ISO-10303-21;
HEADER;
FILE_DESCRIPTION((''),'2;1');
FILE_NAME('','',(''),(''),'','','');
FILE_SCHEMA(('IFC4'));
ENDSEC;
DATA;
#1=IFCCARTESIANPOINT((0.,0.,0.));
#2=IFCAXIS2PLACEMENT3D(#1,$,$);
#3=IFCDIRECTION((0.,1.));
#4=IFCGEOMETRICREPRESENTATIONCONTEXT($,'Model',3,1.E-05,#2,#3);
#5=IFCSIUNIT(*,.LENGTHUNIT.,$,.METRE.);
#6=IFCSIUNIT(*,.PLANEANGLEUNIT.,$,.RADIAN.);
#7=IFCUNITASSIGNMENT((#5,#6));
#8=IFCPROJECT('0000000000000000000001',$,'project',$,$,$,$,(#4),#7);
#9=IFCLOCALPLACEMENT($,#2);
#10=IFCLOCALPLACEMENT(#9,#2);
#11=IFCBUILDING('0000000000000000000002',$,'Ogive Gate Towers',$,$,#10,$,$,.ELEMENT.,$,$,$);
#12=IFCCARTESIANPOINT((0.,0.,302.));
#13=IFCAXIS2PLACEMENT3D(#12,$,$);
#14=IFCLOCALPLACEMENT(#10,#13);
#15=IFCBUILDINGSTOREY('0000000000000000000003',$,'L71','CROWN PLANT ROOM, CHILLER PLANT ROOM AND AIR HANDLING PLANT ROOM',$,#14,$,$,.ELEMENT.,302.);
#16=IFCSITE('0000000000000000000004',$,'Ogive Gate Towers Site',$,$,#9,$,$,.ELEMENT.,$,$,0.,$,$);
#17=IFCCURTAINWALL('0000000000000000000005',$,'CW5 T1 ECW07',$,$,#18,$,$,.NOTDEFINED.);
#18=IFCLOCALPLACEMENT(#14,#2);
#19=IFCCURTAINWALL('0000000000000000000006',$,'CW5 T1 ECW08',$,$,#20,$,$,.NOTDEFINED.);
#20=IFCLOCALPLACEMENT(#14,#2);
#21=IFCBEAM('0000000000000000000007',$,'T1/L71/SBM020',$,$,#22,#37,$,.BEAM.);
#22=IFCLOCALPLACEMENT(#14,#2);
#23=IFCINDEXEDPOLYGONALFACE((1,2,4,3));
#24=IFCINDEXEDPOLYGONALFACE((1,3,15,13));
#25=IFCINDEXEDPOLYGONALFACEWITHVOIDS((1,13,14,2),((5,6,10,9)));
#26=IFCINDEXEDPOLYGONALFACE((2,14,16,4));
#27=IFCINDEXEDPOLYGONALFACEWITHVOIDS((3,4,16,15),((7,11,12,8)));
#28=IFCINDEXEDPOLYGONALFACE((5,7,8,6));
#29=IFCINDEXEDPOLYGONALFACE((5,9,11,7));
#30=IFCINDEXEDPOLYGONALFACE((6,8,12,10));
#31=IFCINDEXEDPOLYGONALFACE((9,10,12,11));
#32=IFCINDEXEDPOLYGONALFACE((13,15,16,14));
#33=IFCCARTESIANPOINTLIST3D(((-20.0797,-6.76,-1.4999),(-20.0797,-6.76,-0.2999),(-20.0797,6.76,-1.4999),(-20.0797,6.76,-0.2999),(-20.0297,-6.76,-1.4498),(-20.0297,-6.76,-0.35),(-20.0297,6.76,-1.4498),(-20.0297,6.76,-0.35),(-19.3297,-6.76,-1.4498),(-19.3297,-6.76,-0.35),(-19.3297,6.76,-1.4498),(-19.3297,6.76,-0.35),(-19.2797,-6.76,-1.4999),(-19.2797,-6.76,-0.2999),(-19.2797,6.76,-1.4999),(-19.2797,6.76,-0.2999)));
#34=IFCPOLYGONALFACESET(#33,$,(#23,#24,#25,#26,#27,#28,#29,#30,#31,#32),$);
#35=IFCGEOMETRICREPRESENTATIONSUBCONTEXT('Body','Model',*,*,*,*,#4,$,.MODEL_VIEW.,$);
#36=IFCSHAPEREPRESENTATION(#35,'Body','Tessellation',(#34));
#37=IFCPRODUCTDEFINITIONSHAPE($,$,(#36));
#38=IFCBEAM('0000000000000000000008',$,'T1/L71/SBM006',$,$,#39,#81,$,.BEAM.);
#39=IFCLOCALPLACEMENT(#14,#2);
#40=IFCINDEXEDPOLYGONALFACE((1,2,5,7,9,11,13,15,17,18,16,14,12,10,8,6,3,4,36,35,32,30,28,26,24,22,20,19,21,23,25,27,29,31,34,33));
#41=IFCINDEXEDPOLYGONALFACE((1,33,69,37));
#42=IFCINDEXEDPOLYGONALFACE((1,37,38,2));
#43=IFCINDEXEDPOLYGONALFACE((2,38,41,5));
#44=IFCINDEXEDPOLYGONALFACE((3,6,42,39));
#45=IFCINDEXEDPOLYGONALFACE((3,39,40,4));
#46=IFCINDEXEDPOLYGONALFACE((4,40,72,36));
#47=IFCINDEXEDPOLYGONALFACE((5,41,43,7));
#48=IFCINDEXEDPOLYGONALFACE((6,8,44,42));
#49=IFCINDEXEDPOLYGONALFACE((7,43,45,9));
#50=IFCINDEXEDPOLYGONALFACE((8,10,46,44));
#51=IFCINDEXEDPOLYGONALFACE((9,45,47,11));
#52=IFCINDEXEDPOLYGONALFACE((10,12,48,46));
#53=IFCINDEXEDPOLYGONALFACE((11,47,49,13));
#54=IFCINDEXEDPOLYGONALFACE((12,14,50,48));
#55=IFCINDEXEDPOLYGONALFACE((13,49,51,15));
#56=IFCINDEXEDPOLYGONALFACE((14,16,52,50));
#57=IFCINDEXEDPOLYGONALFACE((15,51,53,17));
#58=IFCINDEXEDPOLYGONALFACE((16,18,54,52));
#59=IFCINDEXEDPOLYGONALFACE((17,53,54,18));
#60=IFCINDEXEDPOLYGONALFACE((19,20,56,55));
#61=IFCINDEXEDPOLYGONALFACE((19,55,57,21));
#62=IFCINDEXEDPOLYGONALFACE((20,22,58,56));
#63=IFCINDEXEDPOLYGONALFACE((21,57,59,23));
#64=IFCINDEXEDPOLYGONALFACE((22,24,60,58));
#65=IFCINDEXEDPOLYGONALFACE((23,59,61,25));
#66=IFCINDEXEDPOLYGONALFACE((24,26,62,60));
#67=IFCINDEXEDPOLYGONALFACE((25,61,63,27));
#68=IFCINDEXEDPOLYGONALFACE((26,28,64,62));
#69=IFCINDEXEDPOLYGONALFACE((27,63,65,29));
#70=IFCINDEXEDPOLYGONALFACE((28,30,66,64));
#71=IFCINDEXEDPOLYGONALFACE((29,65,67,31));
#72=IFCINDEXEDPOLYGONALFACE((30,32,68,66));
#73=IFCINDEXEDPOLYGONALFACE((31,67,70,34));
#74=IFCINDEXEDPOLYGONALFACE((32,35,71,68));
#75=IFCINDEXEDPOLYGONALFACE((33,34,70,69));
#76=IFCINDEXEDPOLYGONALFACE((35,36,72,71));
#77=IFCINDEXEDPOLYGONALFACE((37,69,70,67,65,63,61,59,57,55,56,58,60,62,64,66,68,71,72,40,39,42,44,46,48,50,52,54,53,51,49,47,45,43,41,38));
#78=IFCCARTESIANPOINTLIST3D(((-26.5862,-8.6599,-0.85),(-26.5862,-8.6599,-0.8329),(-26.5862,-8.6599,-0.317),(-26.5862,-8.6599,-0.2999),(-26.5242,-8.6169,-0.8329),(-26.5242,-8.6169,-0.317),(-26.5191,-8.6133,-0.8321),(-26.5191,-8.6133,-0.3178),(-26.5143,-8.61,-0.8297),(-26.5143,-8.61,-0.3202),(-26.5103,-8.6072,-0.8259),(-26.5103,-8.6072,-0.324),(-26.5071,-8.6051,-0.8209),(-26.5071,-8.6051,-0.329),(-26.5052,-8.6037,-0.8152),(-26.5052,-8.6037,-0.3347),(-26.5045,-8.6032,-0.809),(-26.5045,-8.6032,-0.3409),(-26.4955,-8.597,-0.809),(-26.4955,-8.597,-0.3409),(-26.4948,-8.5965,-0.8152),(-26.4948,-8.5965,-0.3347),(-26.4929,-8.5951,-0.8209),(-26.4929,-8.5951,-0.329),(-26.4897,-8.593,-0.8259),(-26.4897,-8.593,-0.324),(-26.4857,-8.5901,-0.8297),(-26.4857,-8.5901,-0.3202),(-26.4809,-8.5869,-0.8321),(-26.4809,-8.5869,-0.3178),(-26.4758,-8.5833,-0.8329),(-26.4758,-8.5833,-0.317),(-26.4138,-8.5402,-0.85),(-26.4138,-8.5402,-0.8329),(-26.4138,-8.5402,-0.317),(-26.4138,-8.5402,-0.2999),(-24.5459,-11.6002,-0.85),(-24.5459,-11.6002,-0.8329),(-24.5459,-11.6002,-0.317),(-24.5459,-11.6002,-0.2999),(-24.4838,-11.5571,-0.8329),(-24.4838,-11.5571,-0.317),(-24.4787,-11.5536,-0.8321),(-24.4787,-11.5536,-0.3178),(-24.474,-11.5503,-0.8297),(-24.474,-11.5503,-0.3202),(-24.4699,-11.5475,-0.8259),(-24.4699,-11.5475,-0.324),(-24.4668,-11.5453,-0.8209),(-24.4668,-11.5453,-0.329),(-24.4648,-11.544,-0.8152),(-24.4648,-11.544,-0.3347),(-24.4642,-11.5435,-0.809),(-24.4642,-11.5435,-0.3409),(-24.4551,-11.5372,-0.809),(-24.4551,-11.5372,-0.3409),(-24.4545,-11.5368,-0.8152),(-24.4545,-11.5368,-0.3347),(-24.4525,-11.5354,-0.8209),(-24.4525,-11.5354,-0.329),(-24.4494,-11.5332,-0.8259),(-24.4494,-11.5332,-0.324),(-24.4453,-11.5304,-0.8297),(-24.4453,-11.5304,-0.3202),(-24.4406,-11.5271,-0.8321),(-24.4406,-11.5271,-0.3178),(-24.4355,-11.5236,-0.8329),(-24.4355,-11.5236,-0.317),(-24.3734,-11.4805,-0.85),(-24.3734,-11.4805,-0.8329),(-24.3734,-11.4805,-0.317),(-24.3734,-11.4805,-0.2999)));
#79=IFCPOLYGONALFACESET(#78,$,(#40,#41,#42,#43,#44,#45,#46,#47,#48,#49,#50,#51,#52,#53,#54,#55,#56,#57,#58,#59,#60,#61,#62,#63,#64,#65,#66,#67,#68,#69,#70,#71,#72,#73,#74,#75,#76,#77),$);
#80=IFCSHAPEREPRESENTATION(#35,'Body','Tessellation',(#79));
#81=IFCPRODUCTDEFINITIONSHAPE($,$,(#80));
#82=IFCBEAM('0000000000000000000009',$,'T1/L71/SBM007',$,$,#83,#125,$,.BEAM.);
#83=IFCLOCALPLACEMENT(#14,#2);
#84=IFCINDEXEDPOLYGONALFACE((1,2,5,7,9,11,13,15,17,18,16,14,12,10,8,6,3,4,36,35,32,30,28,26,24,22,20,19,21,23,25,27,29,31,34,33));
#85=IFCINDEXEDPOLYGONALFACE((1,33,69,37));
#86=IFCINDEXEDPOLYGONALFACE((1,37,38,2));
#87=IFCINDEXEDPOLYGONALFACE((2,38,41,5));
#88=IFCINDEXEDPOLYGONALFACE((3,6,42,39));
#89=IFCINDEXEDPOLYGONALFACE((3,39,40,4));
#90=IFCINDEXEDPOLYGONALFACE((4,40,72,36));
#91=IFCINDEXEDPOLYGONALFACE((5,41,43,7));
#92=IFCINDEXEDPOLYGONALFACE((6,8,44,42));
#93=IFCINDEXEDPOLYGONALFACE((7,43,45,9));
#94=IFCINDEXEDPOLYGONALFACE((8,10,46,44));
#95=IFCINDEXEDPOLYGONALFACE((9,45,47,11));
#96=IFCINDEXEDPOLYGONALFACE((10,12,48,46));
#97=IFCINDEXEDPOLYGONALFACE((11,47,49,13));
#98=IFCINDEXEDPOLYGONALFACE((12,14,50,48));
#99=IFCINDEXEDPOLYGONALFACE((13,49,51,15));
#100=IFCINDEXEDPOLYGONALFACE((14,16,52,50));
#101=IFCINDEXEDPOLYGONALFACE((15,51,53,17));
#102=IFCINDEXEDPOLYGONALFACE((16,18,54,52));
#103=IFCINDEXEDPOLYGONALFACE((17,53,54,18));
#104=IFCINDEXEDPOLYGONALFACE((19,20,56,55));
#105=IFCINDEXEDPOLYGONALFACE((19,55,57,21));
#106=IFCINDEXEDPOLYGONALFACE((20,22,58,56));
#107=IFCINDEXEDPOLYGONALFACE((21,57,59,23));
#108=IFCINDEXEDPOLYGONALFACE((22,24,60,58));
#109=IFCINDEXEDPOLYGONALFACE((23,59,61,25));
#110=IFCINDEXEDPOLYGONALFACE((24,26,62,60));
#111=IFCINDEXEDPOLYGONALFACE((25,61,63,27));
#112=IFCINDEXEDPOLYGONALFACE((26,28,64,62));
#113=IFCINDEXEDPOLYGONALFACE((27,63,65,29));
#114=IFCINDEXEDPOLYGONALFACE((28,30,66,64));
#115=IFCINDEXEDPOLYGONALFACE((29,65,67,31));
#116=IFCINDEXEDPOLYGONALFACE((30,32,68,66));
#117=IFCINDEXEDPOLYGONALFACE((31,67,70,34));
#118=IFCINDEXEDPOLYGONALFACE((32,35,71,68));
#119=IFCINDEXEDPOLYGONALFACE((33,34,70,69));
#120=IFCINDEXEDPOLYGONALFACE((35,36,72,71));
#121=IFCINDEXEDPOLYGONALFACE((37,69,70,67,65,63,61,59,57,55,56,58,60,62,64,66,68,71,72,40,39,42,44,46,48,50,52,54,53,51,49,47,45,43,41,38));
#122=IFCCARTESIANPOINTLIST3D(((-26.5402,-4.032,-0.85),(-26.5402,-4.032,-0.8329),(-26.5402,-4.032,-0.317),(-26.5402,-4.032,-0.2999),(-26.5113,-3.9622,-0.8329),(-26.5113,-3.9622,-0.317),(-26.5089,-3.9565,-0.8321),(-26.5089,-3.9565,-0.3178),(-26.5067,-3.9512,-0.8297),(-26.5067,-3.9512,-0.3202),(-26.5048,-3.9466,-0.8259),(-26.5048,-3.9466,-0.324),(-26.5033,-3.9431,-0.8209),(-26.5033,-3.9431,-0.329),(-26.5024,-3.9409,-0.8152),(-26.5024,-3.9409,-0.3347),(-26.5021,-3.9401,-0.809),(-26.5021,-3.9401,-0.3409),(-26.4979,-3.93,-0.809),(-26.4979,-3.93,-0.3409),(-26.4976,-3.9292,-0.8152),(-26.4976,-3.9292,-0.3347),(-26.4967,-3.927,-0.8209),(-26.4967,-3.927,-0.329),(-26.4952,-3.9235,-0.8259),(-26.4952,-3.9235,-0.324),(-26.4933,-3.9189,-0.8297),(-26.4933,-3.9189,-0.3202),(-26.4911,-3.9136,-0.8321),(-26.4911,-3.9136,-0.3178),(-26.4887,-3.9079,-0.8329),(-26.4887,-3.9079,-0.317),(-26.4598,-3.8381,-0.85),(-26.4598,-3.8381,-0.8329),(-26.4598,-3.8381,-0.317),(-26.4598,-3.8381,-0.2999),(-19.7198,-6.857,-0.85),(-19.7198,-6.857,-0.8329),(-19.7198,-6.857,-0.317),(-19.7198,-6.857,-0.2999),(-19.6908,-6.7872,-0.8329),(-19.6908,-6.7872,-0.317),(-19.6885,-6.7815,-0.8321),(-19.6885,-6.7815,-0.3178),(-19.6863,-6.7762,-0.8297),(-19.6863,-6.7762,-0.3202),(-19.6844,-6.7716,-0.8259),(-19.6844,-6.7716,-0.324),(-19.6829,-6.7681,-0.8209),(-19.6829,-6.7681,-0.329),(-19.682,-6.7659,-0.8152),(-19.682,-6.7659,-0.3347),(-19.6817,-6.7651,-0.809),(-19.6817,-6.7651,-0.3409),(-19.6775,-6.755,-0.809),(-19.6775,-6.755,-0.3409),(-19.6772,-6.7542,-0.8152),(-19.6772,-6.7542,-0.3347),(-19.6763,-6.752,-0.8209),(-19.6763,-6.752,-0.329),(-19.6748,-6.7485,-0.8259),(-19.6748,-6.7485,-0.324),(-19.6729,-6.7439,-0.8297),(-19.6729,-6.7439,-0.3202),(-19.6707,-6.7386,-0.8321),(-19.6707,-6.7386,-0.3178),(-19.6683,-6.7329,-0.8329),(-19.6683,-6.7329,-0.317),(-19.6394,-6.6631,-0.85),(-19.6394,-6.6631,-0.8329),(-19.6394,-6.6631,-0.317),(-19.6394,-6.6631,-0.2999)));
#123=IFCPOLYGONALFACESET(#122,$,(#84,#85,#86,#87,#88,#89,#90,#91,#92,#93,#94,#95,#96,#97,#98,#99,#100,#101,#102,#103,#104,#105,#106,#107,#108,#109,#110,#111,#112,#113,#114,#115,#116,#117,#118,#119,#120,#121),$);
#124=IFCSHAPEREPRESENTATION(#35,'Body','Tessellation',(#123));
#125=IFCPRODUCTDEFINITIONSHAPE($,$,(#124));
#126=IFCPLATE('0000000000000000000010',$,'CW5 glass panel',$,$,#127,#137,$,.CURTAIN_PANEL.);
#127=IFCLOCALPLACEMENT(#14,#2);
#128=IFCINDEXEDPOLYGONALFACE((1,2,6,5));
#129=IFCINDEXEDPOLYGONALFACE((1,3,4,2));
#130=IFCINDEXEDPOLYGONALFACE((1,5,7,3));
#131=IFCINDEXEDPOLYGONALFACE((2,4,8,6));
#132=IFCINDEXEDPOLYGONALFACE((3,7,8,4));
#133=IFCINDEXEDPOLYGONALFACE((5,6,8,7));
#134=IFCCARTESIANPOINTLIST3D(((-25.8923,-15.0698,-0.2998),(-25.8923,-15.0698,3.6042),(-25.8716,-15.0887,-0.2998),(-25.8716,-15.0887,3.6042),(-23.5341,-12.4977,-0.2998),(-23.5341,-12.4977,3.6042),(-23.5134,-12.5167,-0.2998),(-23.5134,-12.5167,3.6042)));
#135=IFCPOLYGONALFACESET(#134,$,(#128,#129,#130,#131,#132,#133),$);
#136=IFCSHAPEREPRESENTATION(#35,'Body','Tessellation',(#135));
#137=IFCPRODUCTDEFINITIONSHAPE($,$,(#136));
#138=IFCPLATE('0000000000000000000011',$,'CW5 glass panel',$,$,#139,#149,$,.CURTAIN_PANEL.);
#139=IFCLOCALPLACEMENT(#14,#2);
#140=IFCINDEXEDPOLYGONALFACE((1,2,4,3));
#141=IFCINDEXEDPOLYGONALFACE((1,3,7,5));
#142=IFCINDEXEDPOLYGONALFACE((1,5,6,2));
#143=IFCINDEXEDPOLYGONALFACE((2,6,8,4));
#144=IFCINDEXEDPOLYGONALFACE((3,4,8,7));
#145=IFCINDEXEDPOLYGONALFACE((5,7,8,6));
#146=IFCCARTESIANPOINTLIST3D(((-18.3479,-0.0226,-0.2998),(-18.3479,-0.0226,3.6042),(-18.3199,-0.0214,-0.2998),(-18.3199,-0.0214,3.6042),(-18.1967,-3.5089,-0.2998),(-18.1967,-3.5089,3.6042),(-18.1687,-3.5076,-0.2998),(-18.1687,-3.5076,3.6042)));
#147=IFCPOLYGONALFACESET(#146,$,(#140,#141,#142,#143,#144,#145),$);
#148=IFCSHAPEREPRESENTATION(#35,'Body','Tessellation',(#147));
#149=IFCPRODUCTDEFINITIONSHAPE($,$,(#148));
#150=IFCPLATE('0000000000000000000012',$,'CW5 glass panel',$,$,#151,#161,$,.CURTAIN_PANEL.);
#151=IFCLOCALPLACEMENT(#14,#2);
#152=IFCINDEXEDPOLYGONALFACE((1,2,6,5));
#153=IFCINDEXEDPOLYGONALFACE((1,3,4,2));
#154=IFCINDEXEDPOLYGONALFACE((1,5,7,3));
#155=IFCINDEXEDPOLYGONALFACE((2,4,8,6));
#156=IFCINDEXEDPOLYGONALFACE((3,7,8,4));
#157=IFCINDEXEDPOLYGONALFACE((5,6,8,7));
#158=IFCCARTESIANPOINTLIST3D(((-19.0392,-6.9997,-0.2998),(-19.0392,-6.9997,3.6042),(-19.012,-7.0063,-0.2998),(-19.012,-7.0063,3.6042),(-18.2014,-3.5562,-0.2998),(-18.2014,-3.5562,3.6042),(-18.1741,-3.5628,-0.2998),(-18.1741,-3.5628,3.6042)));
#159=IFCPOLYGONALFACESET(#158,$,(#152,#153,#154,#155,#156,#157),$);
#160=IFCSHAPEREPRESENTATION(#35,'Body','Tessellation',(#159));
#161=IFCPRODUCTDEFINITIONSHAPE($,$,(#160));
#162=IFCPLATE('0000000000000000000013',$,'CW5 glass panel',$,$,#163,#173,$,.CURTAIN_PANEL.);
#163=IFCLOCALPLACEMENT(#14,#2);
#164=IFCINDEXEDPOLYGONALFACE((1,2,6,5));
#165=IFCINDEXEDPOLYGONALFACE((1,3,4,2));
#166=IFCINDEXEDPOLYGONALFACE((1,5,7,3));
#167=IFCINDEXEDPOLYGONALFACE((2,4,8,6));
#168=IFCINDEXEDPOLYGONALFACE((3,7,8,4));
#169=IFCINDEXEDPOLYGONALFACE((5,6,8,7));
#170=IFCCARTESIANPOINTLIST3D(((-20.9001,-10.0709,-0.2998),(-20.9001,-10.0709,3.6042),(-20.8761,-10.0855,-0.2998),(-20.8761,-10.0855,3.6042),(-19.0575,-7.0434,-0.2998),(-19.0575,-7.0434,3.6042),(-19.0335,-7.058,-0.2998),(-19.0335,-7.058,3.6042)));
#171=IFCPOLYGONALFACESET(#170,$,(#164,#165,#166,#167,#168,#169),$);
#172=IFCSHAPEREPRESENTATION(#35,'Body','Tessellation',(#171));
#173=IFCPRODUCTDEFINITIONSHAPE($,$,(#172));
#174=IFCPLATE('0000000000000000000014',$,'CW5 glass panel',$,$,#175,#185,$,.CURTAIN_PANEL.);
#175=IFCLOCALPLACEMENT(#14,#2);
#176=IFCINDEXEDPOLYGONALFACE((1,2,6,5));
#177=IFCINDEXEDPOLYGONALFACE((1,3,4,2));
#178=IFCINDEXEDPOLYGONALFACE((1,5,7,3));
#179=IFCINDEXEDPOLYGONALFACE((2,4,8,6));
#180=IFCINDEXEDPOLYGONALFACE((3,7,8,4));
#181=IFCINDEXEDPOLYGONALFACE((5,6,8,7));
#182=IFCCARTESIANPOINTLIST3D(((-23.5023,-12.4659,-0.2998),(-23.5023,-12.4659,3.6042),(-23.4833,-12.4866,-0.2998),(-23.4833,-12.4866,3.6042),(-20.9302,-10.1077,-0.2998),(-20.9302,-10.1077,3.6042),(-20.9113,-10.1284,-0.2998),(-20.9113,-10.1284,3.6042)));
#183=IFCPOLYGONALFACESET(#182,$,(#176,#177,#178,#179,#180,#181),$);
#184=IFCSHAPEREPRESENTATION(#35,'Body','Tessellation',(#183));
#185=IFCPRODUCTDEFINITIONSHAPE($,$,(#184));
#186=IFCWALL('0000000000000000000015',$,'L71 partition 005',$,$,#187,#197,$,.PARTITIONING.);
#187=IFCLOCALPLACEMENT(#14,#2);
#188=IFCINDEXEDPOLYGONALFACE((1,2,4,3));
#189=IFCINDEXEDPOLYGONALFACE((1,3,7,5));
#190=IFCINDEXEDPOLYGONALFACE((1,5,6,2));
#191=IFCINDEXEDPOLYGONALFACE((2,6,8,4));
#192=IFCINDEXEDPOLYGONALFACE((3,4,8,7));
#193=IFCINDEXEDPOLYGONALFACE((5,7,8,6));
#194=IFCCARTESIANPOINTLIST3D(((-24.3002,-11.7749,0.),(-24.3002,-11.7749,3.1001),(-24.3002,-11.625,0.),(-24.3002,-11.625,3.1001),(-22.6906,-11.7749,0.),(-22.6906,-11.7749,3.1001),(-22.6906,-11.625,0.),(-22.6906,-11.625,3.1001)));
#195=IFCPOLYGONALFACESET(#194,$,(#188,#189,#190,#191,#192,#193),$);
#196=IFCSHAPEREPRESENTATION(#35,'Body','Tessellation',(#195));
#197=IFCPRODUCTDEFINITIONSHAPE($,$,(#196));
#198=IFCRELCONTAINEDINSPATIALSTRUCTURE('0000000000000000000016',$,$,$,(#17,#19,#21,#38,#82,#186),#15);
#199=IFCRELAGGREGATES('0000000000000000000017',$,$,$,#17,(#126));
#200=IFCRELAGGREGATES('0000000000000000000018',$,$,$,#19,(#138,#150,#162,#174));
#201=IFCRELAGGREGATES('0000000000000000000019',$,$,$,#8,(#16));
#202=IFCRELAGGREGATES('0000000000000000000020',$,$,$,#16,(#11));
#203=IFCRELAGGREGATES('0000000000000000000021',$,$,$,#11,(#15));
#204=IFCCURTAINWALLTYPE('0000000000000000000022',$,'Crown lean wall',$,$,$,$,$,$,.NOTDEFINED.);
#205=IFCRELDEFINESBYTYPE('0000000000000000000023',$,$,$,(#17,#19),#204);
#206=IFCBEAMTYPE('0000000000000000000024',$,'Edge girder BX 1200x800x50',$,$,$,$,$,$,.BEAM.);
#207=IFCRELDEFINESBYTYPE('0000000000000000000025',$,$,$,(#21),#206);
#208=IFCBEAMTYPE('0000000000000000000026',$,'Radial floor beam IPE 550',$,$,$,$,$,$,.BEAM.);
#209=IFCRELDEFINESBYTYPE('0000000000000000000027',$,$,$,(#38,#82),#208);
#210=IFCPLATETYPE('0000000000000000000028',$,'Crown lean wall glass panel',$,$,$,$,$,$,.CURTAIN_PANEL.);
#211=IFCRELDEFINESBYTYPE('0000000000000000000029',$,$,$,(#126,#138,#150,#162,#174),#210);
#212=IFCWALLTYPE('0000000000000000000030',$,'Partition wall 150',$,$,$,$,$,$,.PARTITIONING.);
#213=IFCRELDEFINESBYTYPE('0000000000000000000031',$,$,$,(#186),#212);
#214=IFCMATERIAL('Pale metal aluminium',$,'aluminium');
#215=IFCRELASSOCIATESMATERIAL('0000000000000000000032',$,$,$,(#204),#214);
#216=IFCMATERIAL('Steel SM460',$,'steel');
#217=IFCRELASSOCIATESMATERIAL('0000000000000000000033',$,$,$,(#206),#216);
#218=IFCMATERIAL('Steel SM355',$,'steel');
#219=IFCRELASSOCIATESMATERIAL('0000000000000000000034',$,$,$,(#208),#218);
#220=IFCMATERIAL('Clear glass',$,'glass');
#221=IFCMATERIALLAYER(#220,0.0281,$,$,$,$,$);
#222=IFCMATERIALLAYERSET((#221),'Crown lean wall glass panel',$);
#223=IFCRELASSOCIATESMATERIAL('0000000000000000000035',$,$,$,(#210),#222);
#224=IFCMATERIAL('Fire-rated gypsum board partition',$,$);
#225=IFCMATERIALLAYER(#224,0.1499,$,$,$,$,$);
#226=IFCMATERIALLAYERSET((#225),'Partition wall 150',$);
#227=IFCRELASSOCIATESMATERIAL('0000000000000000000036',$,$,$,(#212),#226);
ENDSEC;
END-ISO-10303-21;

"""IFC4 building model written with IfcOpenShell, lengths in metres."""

from ifc_helpers import new_model, si_unit, direction, frame, frame_2d, origin, origin_2d, place, context, subcontext, project, spatial, rectangle, hollow_rectangle, i_section, extrude, material, layer, layer_set, material_profile, profile_set, type_object, element, aggregate, save


model = new_model("IFC4")

# Units and contexts
model_context = context("Model", 3, precision=1e-05, world=origin(), true_north=direction((0.0, 1.0)))
body_context = subcontext(model_context, "Body", "Model", "MODEL_VIEW")
ifc_project = project(units=[si_unit("LENGTHUNIT", "METRE"), si_unit("PLANEANGLEUNIT", "RADIAN")], contexts=[model_context])

# Site, building, storey
site_placement = place(None, origin())
site = spatial("IfcSite", under=ifc_project, at=site_placement, Name="Ogive Gate Towers Site", CompositionType="ELEMENT", RefElevation=0.0)
building_placement = place(site_placement, origin())
building = spatial("IfcBuilding", under=site, at=building_placement, Name="Ogive Gate Towers", CompositionType="ELEMENT")
storey_placement = place(building_placement, frame((0.0, 0.0, 302.0)))
storey = spatial("IfcBuildingStorey", under=building, at=storey_placement, Name="L71", Description="CROWN PLANT ROOM, CHILLER PLANT ROOM AND AIR HANDLING PLANT ROOM", CompositionType="ELEMENT", Elevation=302.0)

# Shared definitions
ifc_material_1 = material(Name="Steel SM460", Category="steel")

# Curtain walls
ifc_material_2 = material(Name="Pale metal aluminium", Category="aluminium")
curtain_wall_type = type_object("IfcCurtainWallType", Name="Crown lean wall", PredefinedType="NOTDEFINED", material=ifc_material_2)
curtain_wall_1_placement = place(storey_placement, origin())
curtain_wall_1 = element("IfcCurtainWall", 1, at=curtain_wall_1_placement, inside=storey, type_object=curtain_wall_type, Name="CW5 T1 ECW07", PredefinedType="NOTDEFINED")
curtain_wall_2_placement = place(storey_placement, origin())
curtain_wall_2 = element("IfcCurtainWall", 2, at=curtain_wall_2_placement, inside=storey, type_object=curtain_wall_type, Name="CW5 T1 ECW08", PredefinedType="NOTDEFINED")

# Beams
ifc_material_profile_1 = material_profile(ifc_material_1, hollow_rectangle(XDim=0.8, YDim=1.2, WallThickness=0.05, at=origin_2d()), Name="BX 1200x800x50")
ifc_profile_set_1 = profile_set([ifc_material_profile_1], Name="Steel SM460")
beam_type_1 = type_object("IfcBeamType", Name="Edge girder BX 1200x800x50", PredefinedType="BEAM", material=ifc_profile_set_1)
beam_1_placement = place(storey_placement, frame((-19.6797, -6.76, -0.8999), z_axis=(0.0, 1.0, 0.0), x_axis=(-1.0, 0.0, 0.0)))
element("IfcBeam", 3, at=beam_1_placement, inside=storey, type_object=beam_type_1, Name="T1/L71/SBM020", PredefinedType="BEAM", context=body_context, shape_type="SweptSolid", body=[
    extrude(hollow_rectangle(XDim=0.8, YDim=1.2, WallThickness=0.05, at=origin_2d()), origin(), (0.0, 0.0, 1.0), 13.52),
])
ifc_material_3 = material(Name="Steel SM355", Category="steel")
ifc_material_profile_2 = material_profile(ifc_material_3, i_section(OverallWidth=0.21, OverallDepth=0.55, WebThickness=0.011, FlangeThickness=0.0171, FilletRadius=0.0239, at=origin_2d()), Name="IPE 550")
ifc_profile_set_2 = profile_set([ifc_material_profile_2], Name="Steel SM355")
beam_type_2 = type_object("IfcBeamType", Name="Radial floor beam IPE 550", PredefinedType="BEAM", material=ifc_profile_set_2)
beam_2_placement = place(storey_placement, frame((-26.5, -8.6001, -0.575), z_axis=(0.570111, -0.821568, 0.0), x_axis=(0.821568, 0.570111, 0.0)))
element("IfcBeam", 4, at=beam_2_placement, inside=storey, type_object=beam_type_2, Name="T1/L71/SBM006", PredefinedType="BEAM", context=body_context, shape_type="SweptSolid", body=[
    extrude(i_section(OverallWidth=0.21, OverallDepth=0.55, WebThickness=0.011, FlangeThickness=0.0171, FilletRadius=0.0239, at=origin_2d()), origin(), (0.0, 0.0, 1.0), 3.5789),
])
beam_3_placement = place(storey_placement, frame((-26.5, -3.9351, -0.575), z_axis=(0.923885, -0.38267, 0.0), x_axis=(0.38267, 0.923885, 0.0)))
element("IfcBeam", 5, at=beam_3_placement, inside=storey, type_object=beam_type_2, Name="T1/L71/SBM007", PredefinedType="BEAM", context=body_context, shape_type="SweptSolid", body=[
    extrude(i_section(OverallWidth=0.21, OverallDepth=0.55, WebThickness=0.011, FlangeThickness=0.0171, FilletRadius=0.0239, at=origin_2d()), origin(), (0.0, 0.0, 1.0), 7.3823),
])

# Plates
ifc_material_4 = material(Name="Clear glass", Category="glass")
ifc_layer_1 = layer(ifc_material_4, 0.0281)
ifc_layer_set_1 = layer_set([ifc_layer_1], Name="Crown lean wall glass panel")
plate_type = type_object("IfcPlateType", Name="Crown lean wall glass panel", PredefinedType="CURTAIN_PANEL", material=ifc_layer_set_1)
plate_1_placement = place(storey_placement, frame((-24.7029, -13.7932, -0.2998), z_axis=(0.0, 0.0, 1.0), x_axis=(-0.675796, -0.737089, 0.0)))
plate_1 = element("IfcPlate", 6, at=plate_1_placement, type_object=plate_type, Name="CW5 glass panel", PredefinedType="CURTAIN_PANEL", context=body_context, shape_type="SweptSolid", body=[
    extrude(rectangle(XDim=3.4895, YDim=0.0281, at=origin_2d()), origin(), (0.0, 0.0, 1.0), 3.9041),
])
aggregate(curtain_wall_1, [plate_1])
plate_2_placement = place(storey_placement, frame((-18.2583, -1.7651, -0.2998), z_axis=(0.0, 0.0, 1.0), x_axis=(0.04334, -0.99906, 0.0)))
plate_2 = element("IfcPlate", 7, at=plate_2_placement, type_object=plate_type, Name="CW5 glass panel", PredefinedType="CURTAIN_PANEL", context=body_context, shape_type="SweptSolid", body=[
    extrude(rectangle(XDim=3.4895, YDim=0.0281, at=origin_2d()), origin(), (0.0, 0.0, 1.0), 3.9041),
])
plate_3_placement = place(storey_placement, frame((-18.6067, -5.2812, -0.2998), z_axis=(0.0, 0.0, 1.0), x_axis=(-0.236414, -0.971652, 0.0)))
plate_3 = element("IfcPlate", 8, at=plate_3_placement, type_object=plate_type, Name="CW5 glass panel", PredefinedType="CURTAIN_PANEL", context=body_context, shape_type="SweptSolid", body=[
    extrude(rectangle(XDim=3.5439, YDim=0.0281, at=origin_2d()), origin(), (0.0, 0.0, 1.0), 3.9041),
])
plate_4_placement = place(storey_placement, frame((-19.9668, -8.5645, -0.2998), z_axis=(0.0, 0.0, 1.0), x_axis=(-0.519892, -0.854232, 0.0)))
plate_4 = element("IfcPlate", 9, at=plate_4_placement, type_object=plate_type, Name="CW5 glass panel", PredefinedType="CURTAIN_PANEL", context=body_context, shape_type="SweptSolid", body=[
    extrude(rectangle(XDim=3.5442, YDim=0.0281, at=origin_2d()), origin(), (0.0, 0.0, 1.0), 3.9041),
])
plate_5_placement = place(storey_placement, frame((-22.2068, -11.2971, -0.2998), z_axis=(0.0, 0.0, 1.0), x_axis=(-0.737089, -0.675796, 0.0)))
plate_5 = element("IfcPlate", 10, at=plate_5_placement, type_object=plate_type, Name="CW5 glass panel", PredefinedType="CURTAIN_PANEL", context=body_context, shape_type="SweptSolid", body=[
    extrude(rectangle(XDim=3.4895, YDim=0.0281, at=origin_2d()), origin(), (0.0, 0.0, 1.0), 3.9041),
])
aggregate(curtain_wall_2, [plate_2, plate_3, plate_4, plate_5])

# Wall
ifc_material_5 = material(Name="Fire-rated gypsum board partition")
ifc_layer_2 = layer(ifc_material_5, 0.1499)
ifc_layer_set_2 = layer_set([ifc_layer_2], Name="Partition wall 150")
wall_type = type_object("IfcWallType", Name="Partition wall 150", PredefinedType="PARTITIONING", material=ifc_layer_set_2)
wall_1_placement = place(storey_placement, frame((-24.3, -11.7, 0.0), z_axis=(0.0, 0.0, 1.0), x_axis=(1.0, 0.0, 0.0)))
element("IfcWall", 11, at=wall_1_placement, inside=storey, type_object=wall_type, Name="L71 partition 005", PredefinedType="PARTITIONING", context=body_context, shape_type="SweptSolid", body=[
    extrude(rectangle(XDim=1.6096, YDim=0.1499, at=frame_2d((0.8047, 0.0))), origin(), (0.0, 0.0, 1.0), 3.1001),
])

save(model, "model.ifc")
